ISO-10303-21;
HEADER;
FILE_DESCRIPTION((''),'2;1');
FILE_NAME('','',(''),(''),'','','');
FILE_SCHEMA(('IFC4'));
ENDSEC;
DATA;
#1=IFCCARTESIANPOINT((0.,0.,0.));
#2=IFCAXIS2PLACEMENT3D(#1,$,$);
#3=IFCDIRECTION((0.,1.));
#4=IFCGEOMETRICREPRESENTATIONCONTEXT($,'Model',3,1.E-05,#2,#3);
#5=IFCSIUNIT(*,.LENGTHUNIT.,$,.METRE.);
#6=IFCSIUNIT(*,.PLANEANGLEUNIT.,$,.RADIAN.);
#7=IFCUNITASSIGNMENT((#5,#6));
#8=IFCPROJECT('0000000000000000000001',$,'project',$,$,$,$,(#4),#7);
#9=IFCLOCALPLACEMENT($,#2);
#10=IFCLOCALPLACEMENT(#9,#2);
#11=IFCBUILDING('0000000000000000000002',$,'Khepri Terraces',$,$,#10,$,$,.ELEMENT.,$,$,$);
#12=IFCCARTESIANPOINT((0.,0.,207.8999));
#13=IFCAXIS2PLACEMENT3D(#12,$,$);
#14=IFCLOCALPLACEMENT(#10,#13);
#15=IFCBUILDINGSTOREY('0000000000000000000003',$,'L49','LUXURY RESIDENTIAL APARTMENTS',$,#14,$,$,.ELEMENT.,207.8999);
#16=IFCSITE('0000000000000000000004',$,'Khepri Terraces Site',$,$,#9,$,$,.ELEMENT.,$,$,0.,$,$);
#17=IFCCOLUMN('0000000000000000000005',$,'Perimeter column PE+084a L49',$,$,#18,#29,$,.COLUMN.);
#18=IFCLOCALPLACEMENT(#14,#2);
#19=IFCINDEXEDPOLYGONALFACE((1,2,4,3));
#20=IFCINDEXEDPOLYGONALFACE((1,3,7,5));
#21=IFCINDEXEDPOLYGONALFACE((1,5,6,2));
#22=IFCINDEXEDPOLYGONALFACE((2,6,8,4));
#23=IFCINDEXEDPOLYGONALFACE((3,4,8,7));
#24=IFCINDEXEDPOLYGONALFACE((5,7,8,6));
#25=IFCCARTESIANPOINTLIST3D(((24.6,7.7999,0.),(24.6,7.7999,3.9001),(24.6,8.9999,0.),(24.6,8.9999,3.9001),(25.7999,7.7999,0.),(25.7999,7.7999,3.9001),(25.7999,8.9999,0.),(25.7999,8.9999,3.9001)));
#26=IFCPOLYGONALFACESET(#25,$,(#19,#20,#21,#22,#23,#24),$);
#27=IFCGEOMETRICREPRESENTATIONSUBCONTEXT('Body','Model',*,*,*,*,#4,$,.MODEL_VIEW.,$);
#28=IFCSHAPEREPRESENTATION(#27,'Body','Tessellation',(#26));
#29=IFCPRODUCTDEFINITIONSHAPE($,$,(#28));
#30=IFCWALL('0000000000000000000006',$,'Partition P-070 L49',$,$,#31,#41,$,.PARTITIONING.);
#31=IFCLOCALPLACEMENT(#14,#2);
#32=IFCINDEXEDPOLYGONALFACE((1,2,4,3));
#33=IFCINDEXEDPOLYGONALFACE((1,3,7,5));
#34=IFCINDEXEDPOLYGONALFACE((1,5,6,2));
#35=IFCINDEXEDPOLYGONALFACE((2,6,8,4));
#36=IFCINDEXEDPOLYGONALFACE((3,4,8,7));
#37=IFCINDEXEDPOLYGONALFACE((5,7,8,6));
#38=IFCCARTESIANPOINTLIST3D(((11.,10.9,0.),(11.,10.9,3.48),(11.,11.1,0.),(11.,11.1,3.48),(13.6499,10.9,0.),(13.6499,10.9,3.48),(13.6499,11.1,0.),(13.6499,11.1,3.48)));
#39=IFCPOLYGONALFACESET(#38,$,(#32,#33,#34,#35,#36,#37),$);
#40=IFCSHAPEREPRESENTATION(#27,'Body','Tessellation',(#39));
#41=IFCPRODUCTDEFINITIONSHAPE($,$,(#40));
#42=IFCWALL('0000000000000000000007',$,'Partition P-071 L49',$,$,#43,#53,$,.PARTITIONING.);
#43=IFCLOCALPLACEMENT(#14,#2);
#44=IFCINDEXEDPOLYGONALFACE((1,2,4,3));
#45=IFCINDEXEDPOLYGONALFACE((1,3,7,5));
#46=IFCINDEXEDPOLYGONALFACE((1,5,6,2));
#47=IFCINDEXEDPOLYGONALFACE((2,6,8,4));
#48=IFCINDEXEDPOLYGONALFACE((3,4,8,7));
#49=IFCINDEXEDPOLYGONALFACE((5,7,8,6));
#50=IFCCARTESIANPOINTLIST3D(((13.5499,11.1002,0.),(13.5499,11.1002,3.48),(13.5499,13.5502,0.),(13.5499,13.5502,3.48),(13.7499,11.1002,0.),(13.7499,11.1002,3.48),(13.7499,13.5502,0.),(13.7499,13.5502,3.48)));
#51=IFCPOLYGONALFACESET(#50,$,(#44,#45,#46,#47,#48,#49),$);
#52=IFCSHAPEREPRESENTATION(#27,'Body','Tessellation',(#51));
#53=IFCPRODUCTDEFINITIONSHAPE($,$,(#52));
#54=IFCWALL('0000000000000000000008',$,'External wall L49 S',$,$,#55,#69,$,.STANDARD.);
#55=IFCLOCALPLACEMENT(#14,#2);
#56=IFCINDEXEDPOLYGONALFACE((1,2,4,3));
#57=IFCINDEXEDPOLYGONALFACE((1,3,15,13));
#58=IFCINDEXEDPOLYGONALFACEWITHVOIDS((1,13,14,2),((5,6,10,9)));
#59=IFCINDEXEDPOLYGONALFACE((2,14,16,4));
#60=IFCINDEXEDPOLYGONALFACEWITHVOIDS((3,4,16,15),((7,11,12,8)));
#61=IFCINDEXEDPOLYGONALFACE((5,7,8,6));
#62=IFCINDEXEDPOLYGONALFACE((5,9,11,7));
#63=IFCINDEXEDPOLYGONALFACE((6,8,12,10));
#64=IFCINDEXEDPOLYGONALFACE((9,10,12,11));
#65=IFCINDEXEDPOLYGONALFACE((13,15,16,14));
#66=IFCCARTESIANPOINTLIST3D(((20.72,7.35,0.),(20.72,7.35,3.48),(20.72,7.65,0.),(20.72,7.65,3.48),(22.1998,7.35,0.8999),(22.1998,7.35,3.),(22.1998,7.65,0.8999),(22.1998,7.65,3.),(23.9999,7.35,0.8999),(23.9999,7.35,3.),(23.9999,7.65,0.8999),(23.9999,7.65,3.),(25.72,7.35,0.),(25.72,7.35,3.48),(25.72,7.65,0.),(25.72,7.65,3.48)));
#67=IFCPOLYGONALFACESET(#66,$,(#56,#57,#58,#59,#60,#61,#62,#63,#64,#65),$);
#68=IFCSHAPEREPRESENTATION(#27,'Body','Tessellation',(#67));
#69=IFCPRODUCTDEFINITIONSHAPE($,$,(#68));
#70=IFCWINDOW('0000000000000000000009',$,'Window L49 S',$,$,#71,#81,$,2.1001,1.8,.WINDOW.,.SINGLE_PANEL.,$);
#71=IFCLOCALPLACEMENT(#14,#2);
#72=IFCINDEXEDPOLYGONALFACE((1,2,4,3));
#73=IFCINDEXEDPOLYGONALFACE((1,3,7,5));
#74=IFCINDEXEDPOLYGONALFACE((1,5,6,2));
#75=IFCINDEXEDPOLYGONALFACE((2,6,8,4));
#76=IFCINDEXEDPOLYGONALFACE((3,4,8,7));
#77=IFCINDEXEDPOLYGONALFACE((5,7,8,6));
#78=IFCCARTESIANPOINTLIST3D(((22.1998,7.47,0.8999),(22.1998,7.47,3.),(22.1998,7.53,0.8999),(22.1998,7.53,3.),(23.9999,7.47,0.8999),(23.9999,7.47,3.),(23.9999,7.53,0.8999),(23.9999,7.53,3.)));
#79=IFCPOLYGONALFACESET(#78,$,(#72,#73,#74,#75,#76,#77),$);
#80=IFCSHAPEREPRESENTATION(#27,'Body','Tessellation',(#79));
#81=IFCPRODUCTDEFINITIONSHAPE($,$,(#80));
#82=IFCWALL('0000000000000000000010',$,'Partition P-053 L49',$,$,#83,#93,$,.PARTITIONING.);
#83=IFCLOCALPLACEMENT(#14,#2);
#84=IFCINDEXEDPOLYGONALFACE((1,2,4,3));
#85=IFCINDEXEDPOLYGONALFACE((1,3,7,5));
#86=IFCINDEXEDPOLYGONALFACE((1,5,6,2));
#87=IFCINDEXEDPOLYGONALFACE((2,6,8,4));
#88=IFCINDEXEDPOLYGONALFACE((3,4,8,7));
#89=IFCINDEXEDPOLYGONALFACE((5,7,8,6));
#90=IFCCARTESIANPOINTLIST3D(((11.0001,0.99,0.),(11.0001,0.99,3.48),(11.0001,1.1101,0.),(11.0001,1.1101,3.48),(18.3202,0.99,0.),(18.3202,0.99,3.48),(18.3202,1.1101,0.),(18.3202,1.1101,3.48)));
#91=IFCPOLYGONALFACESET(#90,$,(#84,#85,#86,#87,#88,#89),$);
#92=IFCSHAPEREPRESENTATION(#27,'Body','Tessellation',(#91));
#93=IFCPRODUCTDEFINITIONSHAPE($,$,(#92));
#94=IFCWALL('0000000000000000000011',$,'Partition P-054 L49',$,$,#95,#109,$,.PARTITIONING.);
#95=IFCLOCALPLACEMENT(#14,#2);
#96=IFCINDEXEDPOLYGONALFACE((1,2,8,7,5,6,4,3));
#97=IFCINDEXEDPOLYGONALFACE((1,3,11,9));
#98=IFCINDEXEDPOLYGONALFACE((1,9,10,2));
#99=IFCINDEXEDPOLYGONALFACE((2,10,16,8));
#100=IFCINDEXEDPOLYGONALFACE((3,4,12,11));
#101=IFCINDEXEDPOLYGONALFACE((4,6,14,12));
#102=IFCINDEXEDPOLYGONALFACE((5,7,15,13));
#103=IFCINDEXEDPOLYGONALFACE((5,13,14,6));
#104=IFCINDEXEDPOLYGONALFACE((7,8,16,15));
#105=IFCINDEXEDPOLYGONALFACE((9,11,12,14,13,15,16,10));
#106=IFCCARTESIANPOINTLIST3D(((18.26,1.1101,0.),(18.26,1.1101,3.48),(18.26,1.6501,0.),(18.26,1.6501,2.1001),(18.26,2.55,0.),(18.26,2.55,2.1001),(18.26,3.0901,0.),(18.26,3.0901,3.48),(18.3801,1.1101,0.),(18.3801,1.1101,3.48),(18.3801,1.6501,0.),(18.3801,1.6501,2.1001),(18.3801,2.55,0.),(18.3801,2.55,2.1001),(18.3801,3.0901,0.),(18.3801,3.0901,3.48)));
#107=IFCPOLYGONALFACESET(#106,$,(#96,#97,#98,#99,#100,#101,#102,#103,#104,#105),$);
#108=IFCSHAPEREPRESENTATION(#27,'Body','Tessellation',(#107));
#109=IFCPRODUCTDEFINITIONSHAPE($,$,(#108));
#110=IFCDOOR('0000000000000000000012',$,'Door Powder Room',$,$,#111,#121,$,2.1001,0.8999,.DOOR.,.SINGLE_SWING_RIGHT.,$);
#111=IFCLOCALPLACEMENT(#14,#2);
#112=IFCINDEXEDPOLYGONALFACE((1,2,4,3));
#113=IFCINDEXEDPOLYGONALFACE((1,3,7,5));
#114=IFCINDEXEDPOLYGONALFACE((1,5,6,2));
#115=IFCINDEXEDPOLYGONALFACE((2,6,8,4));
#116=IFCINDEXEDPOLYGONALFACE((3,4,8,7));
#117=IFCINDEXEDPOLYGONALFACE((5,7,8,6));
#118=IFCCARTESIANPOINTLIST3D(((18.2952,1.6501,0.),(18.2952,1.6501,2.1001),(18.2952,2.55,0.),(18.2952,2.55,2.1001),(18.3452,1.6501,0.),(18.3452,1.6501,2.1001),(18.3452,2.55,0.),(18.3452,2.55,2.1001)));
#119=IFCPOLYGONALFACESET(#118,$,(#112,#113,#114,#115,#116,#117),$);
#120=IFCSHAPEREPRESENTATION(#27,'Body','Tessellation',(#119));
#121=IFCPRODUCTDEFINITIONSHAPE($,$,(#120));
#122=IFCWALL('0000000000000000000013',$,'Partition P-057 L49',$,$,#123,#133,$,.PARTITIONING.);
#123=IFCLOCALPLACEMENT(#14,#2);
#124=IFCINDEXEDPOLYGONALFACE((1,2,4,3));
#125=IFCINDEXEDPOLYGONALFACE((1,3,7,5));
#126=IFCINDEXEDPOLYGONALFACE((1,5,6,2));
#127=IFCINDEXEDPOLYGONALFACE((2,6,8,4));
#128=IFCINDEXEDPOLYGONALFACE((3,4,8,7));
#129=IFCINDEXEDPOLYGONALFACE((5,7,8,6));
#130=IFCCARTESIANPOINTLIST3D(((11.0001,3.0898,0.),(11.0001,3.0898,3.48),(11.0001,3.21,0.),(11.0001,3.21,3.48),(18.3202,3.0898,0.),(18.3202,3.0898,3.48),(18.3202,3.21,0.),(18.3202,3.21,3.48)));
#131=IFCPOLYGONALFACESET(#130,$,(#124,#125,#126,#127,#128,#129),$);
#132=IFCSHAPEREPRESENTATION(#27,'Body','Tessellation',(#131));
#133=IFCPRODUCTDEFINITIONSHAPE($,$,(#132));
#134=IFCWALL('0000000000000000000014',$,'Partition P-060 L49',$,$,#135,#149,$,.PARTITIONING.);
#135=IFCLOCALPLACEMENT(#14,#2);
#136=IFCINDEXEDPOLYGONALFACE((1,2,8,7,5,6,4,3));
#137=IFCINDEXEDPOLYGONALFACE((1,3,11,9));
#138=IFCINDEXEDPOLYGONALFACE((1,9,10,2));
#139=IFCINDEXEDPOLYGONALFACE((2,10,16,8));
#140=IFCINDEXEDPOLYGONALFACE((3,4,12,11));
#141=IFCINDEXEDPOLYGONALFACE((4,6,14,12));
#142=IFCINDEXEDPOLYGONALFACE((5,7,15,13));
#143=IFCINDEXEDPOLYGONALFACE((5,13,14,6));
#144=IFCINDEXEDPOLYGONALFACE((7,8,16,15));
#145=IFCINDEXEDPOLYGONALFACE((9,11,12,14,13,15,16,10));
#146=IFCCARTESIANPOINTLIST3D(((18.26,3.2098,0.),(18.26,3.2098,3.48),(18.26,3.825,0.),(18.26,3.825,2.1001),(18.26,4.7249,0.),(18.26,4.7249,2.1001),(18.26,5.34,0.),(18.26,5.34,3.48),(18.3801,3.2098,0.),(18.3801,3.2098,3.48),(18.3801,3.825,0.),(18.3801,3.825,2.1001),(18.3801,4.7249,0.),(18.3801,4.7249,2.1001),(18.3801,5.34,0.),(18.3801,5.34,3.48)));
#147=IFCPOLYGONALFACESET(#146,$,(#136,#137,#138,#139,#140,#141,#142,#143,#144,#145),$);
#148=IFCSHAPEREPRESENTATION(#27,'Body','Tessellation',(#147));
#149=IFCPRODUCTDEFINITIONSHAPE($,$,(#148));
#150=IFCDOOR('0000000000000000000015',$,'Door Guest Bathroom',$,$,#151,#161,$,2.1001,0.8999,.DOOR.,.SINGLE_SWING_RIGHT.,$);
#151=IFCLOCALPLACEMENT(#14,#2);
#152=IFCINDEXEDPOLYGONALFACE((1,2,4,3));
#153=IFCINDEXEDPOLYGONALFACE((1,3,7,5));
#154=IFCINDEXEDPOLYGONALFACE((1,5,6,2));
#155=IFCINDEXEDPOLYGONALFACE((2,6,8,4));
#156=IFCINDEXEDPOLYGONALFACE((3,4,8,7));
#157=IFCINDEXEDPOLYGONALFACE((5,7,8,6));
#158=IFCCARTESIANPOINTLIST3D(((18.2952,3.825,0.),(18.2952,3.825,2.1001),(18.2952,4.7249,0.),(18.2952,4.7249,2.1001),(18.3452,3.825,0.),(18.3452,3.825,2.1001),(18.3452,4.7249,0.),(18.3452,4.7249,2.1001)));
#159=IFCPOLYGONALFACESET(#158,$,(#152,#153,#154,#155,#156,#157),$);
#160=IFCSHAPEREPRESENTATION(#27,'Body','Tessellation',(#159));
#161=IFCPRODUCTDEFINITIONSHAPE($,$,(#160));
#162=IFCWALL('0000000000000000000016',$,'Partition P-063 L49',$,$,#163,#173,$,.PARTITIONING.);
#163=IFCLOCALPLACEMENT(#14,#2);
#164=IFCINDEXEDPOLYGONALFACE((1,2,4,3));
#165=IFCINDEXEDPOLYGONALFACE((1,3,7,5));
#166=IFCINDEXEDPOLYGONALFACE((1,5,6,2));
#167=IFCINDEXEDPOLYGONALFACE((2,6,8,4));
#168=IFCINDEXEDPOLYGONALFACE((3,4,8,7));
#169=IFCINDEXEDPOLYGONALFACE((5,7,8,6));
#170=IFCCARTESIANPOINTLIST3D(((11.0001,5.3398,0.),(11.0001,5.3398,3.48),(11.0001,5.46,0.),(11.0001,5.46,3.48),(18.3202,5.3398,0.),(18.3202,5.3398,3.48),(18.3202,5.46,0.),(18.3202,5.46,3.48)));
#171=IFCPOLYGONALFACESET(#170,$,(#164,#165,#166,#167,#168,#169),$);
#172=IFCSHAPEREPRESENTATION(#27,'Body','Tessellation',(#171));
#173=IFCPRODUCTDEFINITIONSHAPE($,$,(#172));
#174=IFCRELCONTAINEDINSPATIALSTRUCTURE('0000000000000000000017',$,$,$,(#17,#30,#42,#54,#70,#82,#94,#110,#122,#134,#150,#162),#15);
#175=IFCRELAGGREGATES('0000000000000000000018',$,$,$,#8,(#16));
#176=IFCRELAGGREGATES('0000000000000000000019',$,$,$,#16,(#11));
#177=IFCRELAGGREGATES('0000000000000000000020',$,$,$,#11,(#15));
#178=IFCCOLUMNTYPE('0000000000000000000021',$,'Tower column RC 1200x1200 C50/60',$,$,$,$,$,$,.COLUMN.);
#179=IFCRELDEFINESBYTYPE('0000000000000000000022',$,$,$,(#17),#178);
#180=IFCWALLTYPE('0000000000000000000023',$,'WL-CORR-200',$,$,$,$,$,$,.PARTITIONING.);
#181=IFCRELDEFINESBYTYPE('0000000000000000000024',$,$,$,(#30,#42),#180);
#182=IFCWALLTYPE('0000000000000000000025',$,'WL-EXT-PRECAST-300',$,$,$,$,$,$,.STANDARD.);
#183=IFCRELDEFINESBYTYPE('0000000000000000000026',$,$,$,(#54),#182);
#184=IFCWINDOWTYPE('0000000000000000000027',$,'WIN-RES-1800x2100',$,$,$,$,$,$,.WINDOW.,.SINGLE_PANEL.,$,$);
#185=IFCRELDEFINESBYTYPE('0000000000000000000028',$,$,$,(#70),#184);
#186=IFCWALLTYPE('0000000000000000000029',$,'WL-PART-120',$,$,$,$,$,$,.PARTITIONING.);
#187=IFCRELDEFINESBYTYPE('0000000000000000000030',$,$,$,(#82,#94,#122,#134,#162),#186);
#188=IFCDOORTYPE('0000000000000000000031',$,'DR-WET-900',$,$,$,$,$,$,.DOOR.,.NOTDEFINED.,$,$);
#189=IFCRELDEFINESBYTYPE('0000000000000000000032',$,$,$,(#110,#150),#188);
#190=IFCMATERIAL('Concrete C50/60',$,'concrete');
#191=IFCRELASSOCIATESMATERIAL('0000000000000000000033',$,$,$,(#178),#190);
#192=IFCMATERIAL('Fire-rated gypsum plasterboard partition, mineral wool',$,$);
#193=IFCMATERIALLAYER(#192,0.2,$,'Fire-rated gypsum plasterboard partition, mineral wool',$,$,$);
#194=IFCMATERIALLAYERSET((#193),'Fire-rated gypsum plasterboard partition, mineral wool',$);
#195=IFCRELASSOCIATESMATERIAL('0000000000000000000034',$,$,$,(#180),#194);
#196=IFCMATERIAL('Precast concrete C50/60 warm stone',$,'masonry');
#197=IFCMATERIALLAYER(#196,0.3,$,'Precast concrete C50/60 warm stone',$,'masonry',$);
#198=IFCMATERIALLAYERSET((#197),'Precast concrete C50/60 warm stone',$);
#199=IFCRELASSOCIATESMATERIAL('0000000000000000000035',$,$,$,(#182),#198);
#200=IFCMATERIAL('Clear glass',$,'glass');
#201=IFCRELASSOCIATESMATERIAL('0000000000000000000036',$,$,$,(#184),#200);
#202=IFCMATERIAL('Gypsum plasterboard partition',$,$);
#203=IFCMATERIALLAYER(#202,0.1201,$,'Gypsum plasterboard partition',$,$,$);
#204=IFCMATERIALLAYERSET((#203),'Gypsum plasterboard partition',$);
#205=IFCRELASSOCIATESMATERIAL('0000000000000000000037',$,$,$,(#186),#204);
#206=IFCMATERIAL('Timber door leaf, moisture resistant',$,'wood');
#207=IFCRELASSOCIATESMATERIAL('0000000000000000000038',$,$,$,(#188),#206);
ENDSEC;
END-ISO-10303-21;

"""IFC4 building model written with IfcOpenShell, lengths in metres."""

from ifc_helpers import new_model, si_unit, direction, frame, frame_2d, origin, origin_2d, place, context, subcontext, project, spatial, rectangle, extrude, material, layer, layer_set, material_profile, profile_set, type_object, element, fill, save


model = new_model("IFC4")

# Units and contexts
model_context = context("Model", 3, precision=1e-05, world=origin(), true_north=direction((0.0, 1.0)))
body_context = subcontext(model_context, "Body", "Model", "MODEL_VIEW")
ifc_project = project(units=[si_unit("LENGTHUNIT", "METRE"), si_unit("PLANEANGLEUNIT", "RADIAN")], contexts=[model_context])

# Site, building, storey
site_placement = place(None, origin())
site = spatial("IfcSite", under=ifc_project, at=site_placement, Name="Khepri Terraces Site", CompositionType="ELEMENT", RefElevation=0.0)
building_placement = place(site_placement, origin())
building = spatial("IfcBuilding", under=site, at=building_placement, Name="Khepri Terraces", CompositionType="ELEMENT")
storey_placement = place(building_placement, frame((0.0, 0.0, 207.8999)))
storey = spatial("IfcBuildingStorey", under=building, at=storey_placement, Name="L49", Description="LUXURY RESIDENTIAL APARTMENTS", CompositionType="ELEMENT", Elevation=207.8999)

# Column
ifc_material_1 = material(Name="Concrete C50/60", Category="concrete")
ifc_material_profile = material_profile(ifc_material_1, rectangle(XDim=1.2, YDim=1.2, at=origin_2d()), Name="Concrete C50/60", Category="concrete")
ifc_profile_set = profile_set([ifc_material_profile], Name="Concrete C50/60")
column_type = type_object("IfcColumnType", Name="Tower column RC 1200x1200 C50/60", PredefinedType="COLUMN", material=ifc_profile_set)
column_placement = place(storey_placement, frame((25.2, 8.3999, 0.0), z_axis=(0.0, 0.0, 1.0), x_axis=(1.0, 0.0, 0.0)))
element("IfcColumn", 1, at=column_placement, inside=storey, type_object=column_type, Name="Perimeter column PE+084a L49", PredefinedType="COLUMN", context=body_context, shape_type="SweptSolid", body=[
    extrude(rectangle(XDim=1.2, YDim=1.2, at=origin_2d()), origin(), (0.0, 0.0, 1.0), 3.9001),
])

# Walls
ifc_material_2 = material(Name="Fire-rated gypsum plasterboard partition, mineral wool")
ifc_layer_1 = layer(ifc_material_2, 0.2, Name="Fire-rated gypsum plasterboard partition, mineral wool")
ifc_layer_set_1 = layer_set([ifc_layer_1], Name="Fire-rated gypsum plasterboard partition, mineral wool")
wall_type_1 = type_object("IfcWallType", Name="WL-CORR-200", PredefinedType="PARTITIONING", material=ifc_layer_set_1)
wall_1_placement = place(storey_placement, frame((11.0, 11.0, 0.0), z_axis=(0.0, 0.0, 1.0), x_axis=(1.0, 0.0, 0.0)))
element("IfcWall", 2, at=wall_1_placement, inside=storey, type_object=wall_type_1, Name="Partition P-070 L49", PredefinedType="PARTITIONING", context=body_context, shape_type="SweptSolid", body=[
    extrude(rectangle(XDim=2.6499, YDim=0.2, at=frame_2d((1.325, 0.0))), origin(), (0.0, 0.0, 1.0), 3.48),
])
wall_2_placement = place(storey_placement, frame((13.6499, 11.1001, 0.0), z_axis=(0.0, 0.0, 1.0), x_axis=(0.0, 1.0, 0.0)))
element("IfcWall", 3, at=wall_2_placement, inside=storey, type_object=wall_type_1, Name="Partition P-071 L49", PredefinedType="PARTITIONING", context=body_context, shape_type="SweptSolid", body=[
    extrude(rectangle(XDim=2.45, YDim=0.2, at=frame_2d((1.2251, 0.0))), origin(), (0.0, 0.0, 1.0), 3.48),
])

# Wall, opening, window
ifc_material_3 = material(Name="Precast concrete C50/60 warm stone", Category="masonry")
ifc_layer_2 = layer(ifc_material_3, 0.3, Name="Precast concrete C50/60 warm stone", Category="masonry")
ifc_layer_set_2 = layer_set([ifc_layer_2], Name="Precast concrete C50/60 warm stone")
wall_type_2 = type_object("IfcWallType", Name="WL-EXT-PRECAST-300", PredefinedType="STANDARD", material=ifc_layer_set_2)
wall_3_placement = place(storey_placement, frame((20.72, 7.5, 0.0), z_axis=(0.0, 0.0, 1.0), x_axis=(1.0, 0.0, 0.0)))
wall_3 = element("IfcWall", 4, at=wall_3_placement, inside=storey, type_object=wall_type_2, Name="External wall L49 S", PredefinedType="STANDARD", context=body_context, shape_type="SweptSolid", body=[
    extrude(rectangle(XDim=5.0, YDim=0.3, at=frame_2d((2.5, 0.0))), origin(), (0.0, 0.0, 1.0), 3.48),
])
opening_1_placement = place(wall_3_placement, frame((1.48, 0.0, 0.8999)))
opening_1 = element("IfcOpeningElement", 5, at=opening_1_placement, cuts=wall_3, PredefinedType="OPENING", context=body_context, shape_type="SweptSolid", body=[
    extrude(rectangle(XDim=1.8, YDim=2.1001, at=frame_2d((0.8999, 1.05))), frame((0.0, 0.1602, 0.0), z_axis=(0.0, -1.0, 0.0), x_axis=(1.0, 0.0, 0.0)), (0.0, 0.0, 1.0), 0.3201),
])
ifc_material_4 = material(Name="Clear glass", Category="glass")
window_type = type_object("IfcWindowType", Name="WIN-RES-1800x2100", PartitioningType="SINGLE_PANEL", PredefinedType="WINDOW", material=ifc_material_4)
window_1_placement = place(opening_1_placement, origin())
window_1 = element("IfcWindow", 6, at=window_1_placement, inside=storey, type_object=window_type, Name="Window L49 S", OverallHeight=2.1001, OverallWidth=1.8, PartitioningType="SINGLE_PANEL", PredefinedType="WINDOW", context=body_context, shape_type="SweptSolid", body=[
    extrude(rectangle(XDim=1.8, YDim=2.1001, at=frame_2d((0.8999, 1.05))), frame((0.0, 0.03, 0.0), z_axis=(0.0, -1.0, 0.0), x_axis=(1.0, 0.0, 0.0)), (0.0, 0.0, 1.0), 0.0601),
])
fill(opening_1, window_1)

# Wall
ifc_material_5 = material(Name="Gypsum plasterboard partition")
ifc_layer_3 = layer(ifc_material_5, 0.1201, Name="Gypsum plasterboard partition")
ifc_layer_set_3 = layer_set([ifc_layer_3], Name="Gypsum plasterboard partition")
wall_type_3 = type_object("IfcWallType", Name="WL-PART-120", PredefinedType="PARTITIONING", material=ifc_layer_set_3)
wall_4_placement = place(storey_placement, frame((11.0, 1.05, 0.0), z_axis=(0.0, 0.0, 1.0), x_axis=(1.0, 0.0, 0.0)))
element("IfcWall", 7, at=wall_4_placement, inside=storey, type_object=wall_type_3, Name="Partition P-053 L49", PredefinedType="PARTITIONING", context=body_context, shape_type="SweptSolid", body=[
    extrude(rectangle(XDim=7.3201, YDim=0.1201, at=frame_2d((3.6602, 0.0))), origin(), (0.0, 0.0, 1.0), 3.48),
])

# Wall, opening, door
wall_5_placement = place(storey_placement, frame((18.3201, 1.1101, 0.0), z_axis=(0.0, 0.0, 1.0), x_axis=(0.0, 1.0, 0.0)))
wall_5 = element("IfcWall", 8, at=wall_5_placement, inside=storey, type_object=wall_type_3, Name="Partition P-054 L49", PredefinedType="PARTITIONING", context=body_context, shape_type="SweptSolid", body=[
    extrude(rectangle(XDim=1.98, YDim=0.1201, at=frame_2d((0.99, 0.0))), origin(), (0.0, 0.0, 1.0), 3.48),
])
opening_2_placement = place(wall_5_placement, frame((0.54, 0.0, 0.0)))
opening_2 = element("IfcOpeningElement", 9, at=opening_2_placement, cuts=wall_5, PredefinedType="OPENING", context=body_context, shape_type="SweptSolid", body=[
    extrude(rectangle(XDim=0.8999, YDim=2.1001, at=frame_2d((0.45, 1.05))), frame((0.0, 0.0701, 0.0), z_axis=(0.0, -1.0, 0.0), x_axis=(1.0, 0.0, 0.0)), (0.0, 0.0, 1.0), 0.1401),
])
ifc_material_6 = material(Name="Timber door leaf, moisture resistant", Category="wood")
door_type_1 = type_object("IfcDoorType", Name="DR-WET-900", OperationType="NOTDEFINED", PredefinedType="DOOR", material=ifc_material_6)
door_1_placement = place(opening_2_placement, origin())
door_1 = element("IfcDoor", 10, at=door_1_placement, inside=storey, type_object=door_type_1, Name="Door Powder Room", OperationType="SINGLE_SWING_RIGHT", OverallHeight=2.1001, OverallWidth=0.8999, PredefinedType="DOOR", context=body_context, shape_type="SweptSolid", body=[
    extrude(rectangle(XDim=0.8999, YDim=2.1001, at=frame_2d((0.45, 1.05))), frame((0.0, 0.0249, 0.0), z_axis=(0.0, -1.0, 0.0), x_axis=(1.0, 0.0, 0.0)), (0.0, 0.0, 1.0), 0.05),
])
fill(opening_2, door_1)

# Wall
wall_6_placement = place(storey_placement, frame((11.0, 3.1499, 0.0), z_axis=(0.0, 0.0, 1.0), x_axis=(1.0, 0.0, 0.0)))
element("IfcWall", 11, at=wall_6_placement, inside=storey, type_object=wall_type_3, Name="Partition P-057 L49", PredefinedType="PARTITIONING", context=body_context, shape_type="SweptSolid", body=[
    extrude(rectangle(XDim=7.3201, YDim=0.1201, at=frame_2d((3.6602, 0.0))), origin(), (0.0, 0.0, 1.0), 3.48),
])

# Wall, opening, door
wall_7_placement = place(storey_placement, frame((18.3201, 3.21, 0.0), z_axis=(0.0, 0.0, 1.0), x_axis=(0.0, 1.0, 0.0)))
wall_7 = element("IfcWall", 12, at=wall_7_placement, inside=storey, type_object=wall_type_3, Name="Partition P-060 L49", PredefinedType="PARTITIONING", context=body_context, shape_type="SweptSolid", body=[
    extrude(rectangle(XDim=2.1301, YDim=0.1201, at=frame_2d((1.0649, 0.0))), origin(), (0.0, 0.0, 1.0), 3.48),
])
opening_3_placement = place(wall_7_placement, frame((0.615, 0.0, 0.0)))
opening_3 = element("IfcOpeningElement", 13, at=opening_3_placement, cuts=wall_7, PredefinedType="OPENING", context=body_context, shape_type="SweptSolid", body=[
    extrude(rectangle(XDim=0.8999, YDim=2.1001, at=frame_2d((0.45, 1.05))), frame((0.0, 0.0701, 0.0), z_axis=(0.0, -1.0, 0.0), x_axis=(1.0, 0.0, 0.0)), (0.0, 0.0, 1.0), 0.1401),
])
door_2_placement = place(opening_3_placement, origin())
door_2 = element("IfcDoor", 14, at=door_2_placement, inside=storey, type_object=door_type_1, Name="Door Guest Bathroom", OperationType="SINGLE_SWING_RIGHT", OverallHeight=2.1001, OverallWidth=0.8999, PredefinedType="DOOR", context=body_context, shape_type="SweptSolid", body=[
    extrude(rectangle(XDim=0.8999, YDim=2.1001, at=frame_2d((0.45, 1.05))), frame((0.0, 0.0249, 0.0), z_axis=(0.0, -1.0, 0.0), x_axis=(1.0, 0.0, 0.0)), (0.0, 0.0, 1.0), 0.05),
])
fill(opening_3, door_2)

# Wall
wall_8_placement = place(storey_placement, frame((11.0, 5.3999, 0.0), z_axis=(0.0, 0.0, 1.0), x_axis=(1.0, 0.0, 0.0)))
element("IfcWall", 15, at=wall_8_placement, inside=storey, type_object=wall_type_3, Name="Partition P-063 L49", PredefinedType="PARTITIONING", context=body_context, shape_type="SweptSolid", body=[
    extrude(rectangle(XDim=7.3201, YDim=0.1201, at=frame_2d((3.6602, 0.0))), origin(), (0.0, 0.0, 1.0), 3.48),
])

save(model, "model.ifc")
